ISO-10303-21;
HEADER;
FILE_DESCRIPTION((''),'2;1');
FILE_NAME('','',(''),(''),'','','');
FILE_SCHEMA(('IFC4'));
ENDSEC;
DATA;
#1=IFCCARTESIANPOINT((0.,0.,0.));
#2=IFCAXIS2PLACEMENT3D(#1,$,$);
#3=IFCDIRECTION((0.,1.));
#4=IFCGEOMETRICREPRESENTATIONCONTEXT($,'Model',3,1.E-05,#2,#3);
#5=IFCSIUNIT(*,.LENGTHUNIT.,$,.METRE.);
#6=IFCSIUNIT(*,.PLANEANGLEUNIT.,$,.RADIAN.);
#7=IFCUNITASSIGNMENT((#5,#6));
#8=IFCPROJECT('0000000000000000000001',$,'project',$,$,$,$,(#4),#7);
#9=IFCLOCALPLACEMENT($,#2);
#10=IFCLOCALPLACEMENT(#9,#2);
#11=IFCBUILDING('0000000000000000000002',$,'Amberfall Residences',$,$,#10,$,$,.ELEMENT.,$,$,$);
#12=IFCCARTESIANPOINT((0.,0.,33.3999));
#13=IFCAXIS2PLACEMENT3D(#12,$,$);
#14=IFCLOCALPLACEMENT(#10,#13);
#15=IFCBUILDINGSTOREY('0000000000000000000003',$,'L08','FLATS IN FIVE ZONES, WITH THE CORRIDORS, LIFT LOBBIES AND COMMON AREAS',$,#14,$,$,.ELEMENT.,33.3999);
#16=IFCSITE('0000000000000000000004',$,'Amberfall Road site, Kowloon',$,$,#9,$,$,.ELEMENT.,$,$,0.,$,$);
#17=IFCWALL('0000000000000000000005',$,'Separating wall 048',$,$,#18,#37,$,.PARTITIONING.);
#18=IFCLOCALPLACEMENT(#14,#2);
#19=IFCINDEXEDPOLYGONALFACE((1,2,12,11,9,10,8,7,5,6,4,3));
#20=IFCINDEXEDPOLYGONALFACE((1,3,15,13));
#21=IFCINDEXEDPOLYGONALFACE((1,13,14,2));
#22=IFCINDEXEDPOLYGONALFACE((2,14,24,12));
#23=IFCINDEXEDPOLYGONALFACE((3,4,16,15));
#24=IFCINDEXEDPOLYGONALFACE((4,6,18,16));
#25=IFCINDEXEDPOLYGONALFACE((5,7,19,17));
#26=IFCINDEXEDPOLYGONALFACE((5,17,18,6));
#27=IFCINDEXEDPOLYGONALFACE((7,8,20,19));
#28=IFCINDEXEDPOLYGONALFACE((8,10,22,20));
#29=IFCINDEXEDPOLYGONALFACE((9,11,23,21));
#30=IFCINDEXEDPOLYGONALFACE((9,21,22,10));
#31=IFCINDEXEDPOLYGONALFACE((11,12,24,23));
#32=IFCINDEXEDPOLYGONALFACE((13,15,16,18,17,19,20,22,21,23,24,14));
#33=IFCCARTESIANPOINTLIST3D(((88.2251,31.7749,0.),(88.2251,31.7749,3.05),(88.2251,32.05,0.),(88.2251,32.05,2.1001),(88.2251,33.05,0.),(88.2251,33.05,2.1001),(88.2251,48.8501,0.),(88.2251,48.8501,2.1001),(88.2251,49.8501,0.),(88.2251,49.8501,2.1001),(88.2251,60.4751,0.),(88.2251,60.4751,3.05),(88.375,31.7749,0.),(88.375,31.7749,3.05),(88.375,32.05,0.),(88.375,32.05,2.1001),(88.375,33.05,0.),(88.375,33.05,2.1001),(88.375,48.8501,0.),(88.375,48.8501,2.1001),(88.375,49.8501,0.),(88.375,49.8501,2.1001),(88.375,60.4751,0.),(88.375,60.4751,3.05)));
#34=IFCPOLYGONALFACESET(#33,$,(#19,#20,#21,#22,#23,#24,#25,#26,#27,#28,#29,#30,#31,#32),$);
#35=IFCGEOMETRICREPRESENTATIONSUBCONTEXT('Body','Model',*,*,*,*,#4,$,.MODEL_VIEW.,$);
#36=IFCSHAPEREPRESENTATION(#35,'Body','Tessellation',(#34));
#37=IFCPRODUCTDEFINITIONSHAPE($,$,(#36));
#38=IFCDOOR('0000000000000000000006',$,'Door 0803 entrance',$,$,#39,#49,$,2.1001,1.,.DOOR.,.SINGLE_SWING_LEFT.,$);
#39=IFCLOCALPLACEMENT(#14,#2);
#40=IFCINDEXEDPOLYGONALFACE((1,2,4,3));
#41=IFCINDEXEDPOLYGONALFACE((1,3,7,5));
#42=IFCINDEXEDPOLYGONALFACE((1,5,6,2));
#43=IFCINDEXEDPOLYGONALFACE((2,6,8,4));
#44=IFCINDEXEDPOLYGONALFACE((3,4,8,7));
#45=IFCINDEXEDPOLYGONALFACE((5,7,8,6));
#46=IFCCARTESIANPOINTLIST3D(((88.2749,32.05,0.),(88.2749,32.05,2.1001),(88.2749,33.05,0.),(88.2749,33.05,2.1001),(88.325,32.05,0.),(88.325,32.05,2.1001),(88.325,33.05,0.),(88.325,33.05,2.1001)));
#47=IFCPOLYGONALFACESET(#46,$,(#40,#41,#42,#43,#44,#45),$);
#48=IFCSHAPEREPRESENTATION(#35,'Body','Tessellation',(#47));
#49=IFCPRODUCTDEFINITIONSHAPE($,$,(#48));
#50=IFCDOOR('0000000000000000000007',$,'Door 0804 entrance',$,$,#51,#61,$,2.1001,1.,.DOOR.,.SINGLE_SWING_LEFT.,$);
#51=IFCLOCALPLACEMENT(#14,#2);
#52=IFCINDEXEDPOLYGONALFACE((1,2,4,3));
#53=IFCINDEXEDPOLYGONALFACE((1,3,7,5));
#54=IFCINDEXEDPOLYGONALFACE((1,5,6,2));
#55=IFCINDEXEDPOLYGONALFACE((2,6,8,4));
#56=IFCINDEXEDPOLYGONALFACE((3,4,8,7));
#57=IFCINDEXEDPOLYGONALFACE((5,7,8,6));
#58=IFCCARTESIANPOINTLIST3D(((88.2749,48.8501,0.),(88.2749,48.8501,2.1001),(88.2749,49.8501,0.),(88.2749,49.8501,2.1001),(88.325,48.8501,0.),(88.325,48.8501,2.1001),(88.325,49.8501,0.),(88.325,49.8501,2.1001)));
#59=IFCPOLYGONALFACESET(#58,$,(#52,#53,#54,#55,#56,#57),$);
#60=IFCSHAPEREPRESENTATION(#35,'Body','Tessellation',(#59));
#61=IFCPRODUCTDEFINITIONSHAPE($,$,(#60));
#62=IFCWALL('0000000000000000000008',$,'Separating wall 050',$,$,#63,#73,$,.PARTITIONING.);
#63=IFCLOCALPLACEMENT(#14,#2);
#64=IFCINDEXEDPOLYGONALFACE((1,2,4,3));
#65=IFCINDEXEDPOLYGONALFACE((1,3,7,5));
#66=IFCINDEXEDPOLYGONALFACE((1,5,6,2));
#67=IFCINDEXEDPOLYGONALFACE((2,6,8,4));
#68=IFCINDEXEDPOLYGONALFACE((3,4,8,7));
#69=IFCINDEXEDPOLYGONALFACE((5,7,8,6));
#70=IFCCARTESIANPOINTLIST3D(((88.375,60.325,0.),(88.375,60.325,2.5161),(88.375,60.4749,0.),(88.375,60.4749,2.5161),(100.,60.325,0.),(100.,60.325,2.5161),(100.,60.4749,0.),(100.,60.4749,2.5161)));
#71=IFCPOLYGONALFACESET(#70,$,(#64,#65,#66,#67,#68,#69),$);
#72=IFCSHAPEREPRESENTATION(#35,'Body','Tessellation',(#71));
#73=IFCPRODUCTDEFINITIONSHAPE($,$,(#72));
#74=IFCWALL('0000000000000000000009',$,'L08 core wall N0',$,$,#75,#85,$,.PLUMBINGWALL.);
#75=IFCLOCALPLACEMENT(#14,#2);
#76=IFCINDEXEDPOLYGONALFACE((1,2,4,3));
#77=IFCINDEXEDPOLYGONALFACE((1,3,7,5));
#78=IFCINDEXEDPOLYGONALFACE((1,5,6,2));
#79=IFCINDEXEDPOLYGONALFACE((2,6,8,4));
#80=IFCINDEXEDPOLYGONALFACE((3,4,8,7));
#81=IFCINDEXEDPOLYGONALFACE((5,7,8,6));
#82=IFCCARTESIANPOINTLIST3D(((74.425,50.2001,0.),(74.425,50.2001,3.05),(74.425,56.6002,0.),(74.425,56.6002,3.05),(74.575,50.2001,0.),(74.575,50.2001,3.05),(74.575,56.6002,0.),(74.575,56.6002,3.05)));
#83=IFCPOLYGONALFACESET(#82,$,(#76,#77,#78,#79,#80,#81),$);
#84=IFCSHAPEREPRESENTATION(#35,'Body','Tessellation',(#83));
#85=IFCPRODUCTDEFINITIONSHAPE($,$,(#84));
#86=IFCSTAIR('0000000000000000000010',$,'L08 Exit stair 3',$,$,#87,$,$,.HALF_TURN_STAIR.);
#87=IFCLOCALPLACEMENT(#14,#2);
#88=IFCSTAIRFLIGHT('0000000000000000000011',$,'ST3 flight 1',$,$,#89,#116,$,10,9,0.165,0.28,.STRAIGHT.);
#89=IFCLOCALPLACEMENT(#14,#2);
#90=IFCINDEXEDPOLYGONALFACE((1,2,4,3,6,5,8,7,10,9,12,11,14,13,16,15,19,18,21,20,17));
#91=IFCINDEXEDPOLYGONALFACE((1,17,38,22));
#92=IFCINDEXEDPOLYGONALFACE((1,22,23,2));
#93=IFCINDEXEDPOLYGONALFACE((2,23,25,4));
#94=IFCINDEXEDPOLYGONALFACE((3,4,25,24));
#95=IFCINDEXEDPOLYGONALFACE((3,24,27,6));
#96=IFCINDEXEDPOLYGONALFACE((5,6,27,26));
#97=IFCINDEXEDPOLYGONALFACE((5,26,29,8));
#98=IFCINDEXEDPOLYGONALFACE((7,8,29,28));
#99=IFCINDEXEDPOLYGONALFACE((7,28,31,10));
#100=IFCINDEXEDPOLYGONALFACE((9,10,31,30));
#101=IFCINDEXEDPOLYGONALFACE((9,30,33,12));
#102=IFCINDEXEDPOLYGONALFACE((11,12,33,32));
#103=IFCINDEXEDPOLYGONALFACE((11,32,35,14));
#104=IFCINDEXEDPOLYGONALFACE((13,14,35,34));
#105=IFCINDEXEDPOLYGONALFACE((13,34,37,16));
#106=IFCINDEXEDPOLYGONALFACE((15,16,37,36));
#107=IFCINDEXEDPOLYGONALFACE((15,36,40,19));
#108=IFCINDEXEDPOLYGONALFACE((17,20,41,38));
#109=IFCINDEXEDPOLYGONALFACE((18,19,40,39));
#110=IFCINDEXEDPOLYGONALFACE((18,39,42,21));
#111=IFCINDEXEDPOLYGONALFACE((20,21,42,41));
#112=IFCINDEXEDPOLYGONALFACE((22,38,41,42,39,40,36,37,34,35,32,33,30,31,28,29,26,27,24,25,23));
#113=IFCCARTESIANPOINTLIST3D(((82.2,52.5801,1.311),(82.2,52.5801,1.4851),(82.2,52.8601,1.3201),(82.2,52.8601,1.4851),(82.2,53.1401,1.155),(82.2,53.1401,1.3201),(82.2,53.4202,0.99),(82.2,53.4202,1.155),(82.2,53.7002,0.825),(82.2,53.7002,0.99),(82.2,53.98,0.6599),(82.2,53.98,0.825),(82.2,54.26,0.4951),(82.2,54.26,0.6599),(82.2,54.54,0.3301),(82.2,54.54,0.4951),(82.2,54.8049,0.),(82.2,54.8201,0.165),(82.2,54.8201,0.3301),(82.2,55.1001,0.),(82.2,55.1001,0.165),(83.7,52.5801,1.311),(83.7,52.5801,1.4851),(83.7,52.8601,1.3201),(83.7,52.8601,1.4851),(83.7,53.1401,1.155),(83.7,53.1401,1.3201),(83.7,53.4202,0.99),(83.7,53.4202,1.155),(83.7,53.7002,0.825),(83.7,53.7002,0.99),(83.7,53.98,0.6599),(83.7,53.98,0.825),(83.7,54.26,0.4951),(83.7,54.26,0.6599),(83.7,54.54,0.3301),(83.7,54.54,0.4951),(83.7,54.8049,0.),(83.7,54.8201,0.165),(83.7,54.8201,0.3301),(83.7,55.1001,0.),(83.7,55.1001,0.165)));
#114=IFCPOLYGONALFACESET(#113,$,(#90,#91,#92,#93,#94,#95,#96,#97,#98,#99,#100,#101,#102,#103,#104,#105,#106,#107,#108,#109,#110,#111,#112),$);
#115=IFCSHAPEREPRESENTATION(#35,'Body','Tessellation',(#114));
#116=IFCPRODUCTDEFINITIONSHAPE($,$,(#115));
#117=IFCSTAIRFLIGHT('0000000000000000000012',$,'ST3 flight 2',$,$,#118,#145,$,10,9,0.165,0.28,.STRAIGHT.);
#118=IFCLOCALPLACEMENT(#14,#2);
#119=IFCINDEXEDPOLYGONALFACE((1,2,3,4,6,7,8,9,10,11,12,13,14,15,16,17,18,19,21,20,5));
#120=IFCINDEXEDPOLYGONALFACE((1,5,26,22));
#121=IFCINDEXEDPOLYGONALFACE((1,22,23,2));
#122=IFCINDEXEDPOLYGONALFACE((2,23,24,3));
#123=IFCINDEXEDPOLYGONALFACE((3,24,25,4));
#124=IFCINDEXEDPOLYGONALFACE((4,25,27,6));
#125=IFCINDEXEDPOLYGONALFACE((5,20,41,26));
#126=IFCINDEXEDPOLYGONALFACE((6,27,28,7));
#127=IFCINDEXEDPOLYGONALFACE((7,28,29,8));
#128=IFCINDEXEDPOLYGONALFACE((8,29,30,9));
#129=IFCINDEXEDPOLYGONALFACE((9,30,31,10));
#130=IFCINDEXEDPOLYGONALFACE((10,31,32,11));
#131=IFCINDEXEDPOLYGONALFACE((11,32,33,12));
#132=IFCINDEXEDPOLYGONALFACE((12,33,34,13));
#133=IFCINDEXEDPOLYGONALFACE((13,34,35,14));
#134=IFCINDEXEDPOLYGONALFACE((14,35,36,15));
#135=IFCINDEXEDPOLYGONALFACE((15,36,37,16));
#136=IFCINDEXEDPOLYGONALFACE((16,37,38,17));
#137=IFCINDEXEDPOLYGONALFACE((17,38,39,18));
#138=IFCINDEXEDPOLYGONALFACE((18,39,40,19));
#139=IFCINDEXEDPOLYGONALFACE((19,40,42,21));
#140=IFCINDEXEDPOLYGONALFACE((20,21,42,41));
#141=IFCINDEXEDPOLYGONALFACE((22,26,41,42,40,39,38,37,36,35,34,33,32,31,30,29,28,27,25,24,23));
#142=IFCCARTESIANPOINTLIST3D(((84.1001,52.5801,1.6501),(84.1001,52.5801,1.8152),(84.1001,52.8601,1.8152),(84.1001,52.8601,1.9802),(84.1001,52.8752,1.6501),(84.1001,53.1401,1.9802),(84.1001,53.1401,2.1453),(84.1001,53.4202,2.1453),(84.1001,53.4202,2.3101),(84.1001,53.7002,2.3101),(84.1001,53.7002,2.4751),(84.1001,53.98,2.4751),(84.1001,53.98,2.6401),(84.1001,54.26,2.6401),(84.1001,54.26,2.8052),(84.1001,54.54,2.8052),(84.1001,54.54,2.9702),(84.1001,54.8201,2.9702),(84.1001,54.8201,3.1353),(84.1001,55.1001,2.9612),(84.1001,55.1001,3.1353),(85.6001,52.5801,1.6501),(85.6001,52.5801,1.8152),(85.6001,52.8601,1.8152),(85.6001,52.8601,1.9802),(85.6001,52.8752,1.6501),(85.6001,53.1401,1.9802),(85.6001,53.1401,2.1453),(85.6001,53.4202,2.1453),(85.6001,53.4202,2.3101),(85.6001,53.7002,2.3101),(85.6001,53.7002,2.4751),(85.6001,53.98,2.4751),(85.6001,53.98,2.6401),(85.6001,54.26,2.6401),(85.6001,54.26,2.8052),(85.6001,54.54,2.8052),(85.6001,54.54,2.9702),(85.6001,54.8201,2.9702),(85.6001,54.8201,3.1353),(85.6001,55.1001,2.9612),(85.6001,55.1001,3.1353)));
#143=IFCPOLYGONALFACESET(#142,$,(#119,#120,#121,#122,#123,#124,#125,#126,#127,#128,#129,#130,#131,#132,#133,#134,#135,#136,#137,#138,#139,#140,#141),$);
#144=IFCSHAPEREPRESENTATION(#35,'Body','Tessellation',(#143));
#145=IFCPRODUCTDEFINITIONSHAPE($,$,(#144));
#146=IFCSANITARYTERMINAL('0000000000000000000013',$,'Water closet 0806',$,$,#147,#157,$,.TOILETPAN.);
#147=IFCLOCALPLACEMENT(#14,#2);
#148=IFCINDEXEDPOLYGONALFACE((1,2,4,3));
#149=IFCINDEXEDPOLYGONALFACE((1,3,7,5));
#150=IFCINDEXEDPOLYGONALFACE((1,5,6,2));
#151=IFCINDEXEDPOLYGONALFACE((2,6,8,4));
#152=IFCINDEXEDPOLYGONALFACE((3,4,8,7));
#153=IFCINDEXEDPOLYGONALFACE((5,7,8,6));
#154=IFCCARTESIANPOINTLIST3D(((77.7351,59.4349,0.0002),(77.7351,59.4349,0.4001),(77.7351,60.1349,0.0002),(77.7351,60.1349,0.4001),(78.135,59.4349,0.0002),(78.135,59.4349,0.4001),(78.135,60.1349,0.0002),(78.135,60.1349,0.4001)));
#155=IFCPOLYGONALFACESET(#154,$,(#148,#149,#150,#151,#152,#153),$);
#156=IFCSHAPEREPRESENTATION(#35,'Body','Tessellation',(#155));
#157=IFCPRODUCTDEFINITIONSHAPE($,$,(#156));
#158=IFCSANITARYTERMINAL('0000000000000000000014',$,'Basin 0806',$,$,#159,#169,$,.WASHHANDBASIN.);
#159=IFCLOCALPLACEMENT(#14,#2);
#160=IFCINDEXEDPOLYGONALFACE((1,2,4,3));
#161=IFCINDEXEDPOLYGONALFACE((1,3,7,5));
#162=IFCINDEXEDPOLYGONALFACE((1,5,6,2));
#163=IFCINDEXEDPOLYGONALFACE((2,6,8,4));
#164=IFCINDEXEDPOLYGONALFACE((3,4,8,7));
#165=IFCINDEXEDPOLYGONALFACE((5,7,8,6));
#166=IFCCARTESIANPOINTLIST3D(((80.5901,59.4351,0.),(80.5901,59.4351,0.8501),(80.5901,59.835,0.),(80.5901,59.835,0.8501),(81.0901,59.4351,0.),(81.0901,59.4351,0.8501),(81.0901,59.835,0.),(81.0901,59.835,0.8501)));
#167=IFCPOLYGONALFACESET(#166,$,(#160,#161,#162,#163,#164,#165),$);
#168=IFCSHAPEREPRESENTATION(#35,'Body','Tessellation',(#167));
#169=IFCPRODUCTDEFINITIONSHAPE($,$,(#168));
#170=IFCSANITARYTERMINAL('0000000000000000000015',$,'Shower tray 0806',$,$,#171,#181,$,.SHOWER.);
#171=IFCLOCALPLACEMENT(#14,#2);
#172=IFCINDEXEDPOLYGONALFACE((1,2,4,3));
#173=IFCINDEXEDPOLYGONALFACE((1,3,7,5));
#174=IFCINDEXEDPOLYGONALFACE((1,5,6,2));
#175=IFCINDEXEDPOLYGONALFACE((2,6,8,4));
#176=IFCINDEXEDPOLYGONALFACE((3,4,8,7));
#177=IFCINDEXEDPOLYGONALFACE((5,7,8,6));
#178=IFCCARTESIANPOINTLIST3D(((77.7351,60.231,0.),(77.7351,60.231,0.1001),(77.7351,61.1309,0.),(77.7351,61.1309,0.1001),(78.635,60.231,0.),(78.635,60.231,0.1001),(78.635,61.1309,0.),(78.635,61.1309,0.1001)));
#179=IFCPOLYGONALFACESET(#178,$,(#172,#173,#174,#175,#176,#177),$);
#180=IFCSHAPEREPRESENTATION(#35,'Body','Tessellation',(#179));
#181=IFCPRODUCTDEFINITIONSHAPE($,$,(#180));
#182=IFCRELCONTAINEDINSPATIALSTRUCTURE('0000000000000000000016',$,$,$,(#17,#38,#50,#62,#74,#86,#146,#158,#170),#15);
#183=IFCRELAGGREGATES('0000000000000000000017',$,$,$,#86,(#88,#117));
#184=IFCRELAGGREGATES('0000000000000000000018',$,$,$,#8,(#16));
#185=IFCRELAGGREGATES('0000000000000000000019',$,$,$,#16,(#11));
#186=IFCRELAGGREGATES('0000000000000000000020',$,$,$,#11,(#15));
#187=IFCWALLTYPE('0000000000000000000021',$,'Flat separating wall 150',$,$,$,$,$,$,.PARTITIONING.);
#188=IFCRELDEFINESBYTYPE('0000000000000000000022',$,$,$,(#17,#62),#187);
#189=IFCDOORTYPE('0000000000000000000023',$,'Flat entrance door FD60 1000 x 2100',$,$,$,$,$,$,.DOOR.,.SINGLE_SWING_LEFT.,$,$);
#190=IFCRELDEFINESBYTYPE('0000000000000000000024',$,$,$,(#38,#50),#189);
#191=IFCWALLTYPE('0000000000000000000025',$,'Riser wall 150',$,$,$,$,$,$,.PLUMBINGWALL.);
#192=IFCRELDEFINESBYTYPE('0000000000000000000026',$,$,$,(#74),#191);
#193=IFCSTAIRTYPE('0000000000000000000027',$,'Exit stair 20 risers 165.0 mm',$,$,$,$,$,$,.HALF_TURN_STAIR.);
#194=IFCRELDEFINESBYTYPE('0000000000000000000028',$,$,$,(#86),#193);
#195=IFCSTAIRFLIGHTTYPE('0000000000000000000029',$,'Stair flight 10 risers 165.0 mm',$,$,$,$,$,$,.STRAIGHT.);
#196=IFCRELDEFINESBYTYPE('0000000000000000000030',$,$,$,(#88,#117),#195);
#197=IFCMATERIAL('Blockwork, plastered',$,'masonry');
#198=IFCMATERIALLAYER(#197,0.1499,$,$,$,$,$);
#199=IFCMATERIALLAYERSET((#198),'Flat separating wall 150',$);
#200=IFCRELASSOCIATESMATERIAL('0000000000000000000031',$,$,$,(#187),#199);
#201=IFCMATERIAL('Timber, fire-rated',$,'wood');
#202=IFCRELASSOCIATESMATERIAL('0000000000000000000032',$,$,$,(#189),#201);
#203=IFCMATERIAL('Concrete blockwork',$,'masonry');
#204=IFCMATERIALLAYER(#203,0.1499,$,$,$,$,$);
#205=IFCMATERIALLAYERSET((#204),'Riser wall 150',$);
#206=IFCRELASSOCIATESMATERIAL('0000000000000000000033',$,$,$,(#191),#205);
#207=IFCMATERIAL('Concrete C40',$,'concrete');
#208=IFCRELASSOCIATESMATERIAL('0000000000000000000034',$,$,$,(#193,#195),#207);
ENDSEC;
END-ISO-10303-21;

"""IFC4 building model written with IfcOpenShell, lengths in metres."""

from ifc_helpers import new_model, si_unit, direction, frame, frame_2d, origin, origin_2d, place, context, subcontext, project, spatial, polyline, rectangle, outline, extrude, material, layer, layer_set, type_object, element, fill, aggregate, save


model = new_model("IFC4")

# Units and contexts
model_context = context("Model", 3, precision=1e-05, world=origin(), true_north=direction((0.0, 1.0)))
body_context = subcontext(model_context, "Body", "Model", "MODEL_VIEW")
ifc_project = project(units=[si_unit("LENGTHUNIT", "METRE"), si_unit("PLANEANGLEUNIT", "RADIAN")], contexts=[model_context])

# Site, building, storey
site_placement = place(None, origin())
site = spatial("IfcSite", under=ifc_project, at=site_placement, Name="Amberfall Road site, Kowloon", CompositionType="ELEMENT", RefElevation=0.0)
building_placement = place(site_placement, origin())
building = spatial("IfcBuilding", under=site, at=building_placement, Name="Amberfall Residences", CompositionType="ELEMENT")
storey_placement = place(building_placement, frame((0.0, 0.0, 33.3999)))
storey = spatial("IfcBuildingStorey", under=building, at=storey_placement, Name="L08", Description="FLATS IN FIVE ZONES, WITH THE CORRIDORS, LIFT LOBBIES AND COMMON AREAS", CompositionType="ELEMENT", Elevation=33.3999)

# Shared definitions
ifc_material_1 = material(Name="Blockwork, plastered", Category="masonry")
ifc_layer_1 = layer(ifc_material_1, 0.1499)
ifc_layer_set_1 = layer_set([ifc_layer_1], Name="Flat separating wall 150")
wall_type_1 = type_object("IfcWallType", Name="Flat separating wall 150", PredefinedType="PARTITIONING", material=ifc_layer_set_1)

# Wall, openings, doors
wall_1_placement = place(storey_placement, frame((88.3, 60.4751, 0.0), z_axis=(0.0, 0.0, 1.0), x_axis=(0.0, -1.0, 0.0)))
wall_1 = element("IfcWall", 1, at=wall_1_placement, inside=storey, type_object=wall_type_1, Name="Separating wall 048", PredefinedType="PARTITIONING", context=body_context, shape_type="SweptSolid", body=[
    extrude(rectangle(XDim=28.7002, YDim=0.1499, at=frame_2d((14.3501, 0.0))), origin(), (0.0, 0.0, 1.0), 3.05),
])
opening_1_placement = place(wall_1_placement, frame((27.425, 0.0, 0.0)))
opening_1 = element("IfcOpeningElement", 2, at=opening_1_placement, cuts=wall_1, PredefinedType="OPENING", context=body_context, shape_type="SweptSolid", body=[
    extrude(rectangle(XDim=1.0, YDim=2.1001, at=frame_2d((0.5, 1.05))), frame((0.0, 0.085, 0.0), z_axis=(0.0, -1.0, 0.0), x_axis=(1.0, 0.0, 0.0)), (0.0, 0.0, 1.0), 0.1699),
])
opening_2_placement = place(wall_1_placement, frame((10.625, 0.0, 0.0)))
opening_2 = element("IfcOpeningElement", 3, at=opening_2_placement, cuts=wall_1, PredefinedType="OPENING", context=body_context, shape_type="SweptSolid", body=[
    extrude(rectangle(XDim=1.0, YDim=2.1001, at=frame_2d((0.5, 1.05))), frame((0.0, 0.085, 0.0), z_axis=(0.0, -1.0, 0.0), x_axis=(1.0, 0.0, 0.0)), (0.0, 0.0, 1.0), 0.1699),
])
ifc_material_2 = material(Name="Timber, fire-rated", Category="wood")
door_type_1 = type_object("IfcDoorType", Name="Flat entrance door FD60 1000 x 2100", OperationType="SINGLE_SWING_LEFT", PredefinedType="DOOR", material=ifc_material_2)
door_1_placement = place(opening_1_placement, origin())
door_1 = element("IfcDoor", 4, at=door_1_placement, inside=storey, type_object=door_type_1, Name="Door 0803 entrance", OperationType="SINGLE_SWING_LEFT", OverallHeight=2.1001, OverallWidth=1.0, PredefinedType="DOOR", context=body_context, shape_type="SweptSolid", body=[
    extrude(rectangle(XDim=1.0, YDim=2.1001, at=frame_2d((0.5, 1.05))), frame((0.0, 0.0249, 0.0), z_axis=(0.0, -1.0, 0.0), x_axis=(1.0, 0.0, 0.0)), (0.0, 0.0, 1.0), 0.05),
])
fill(opening_1, door_1)
door_2_placement = place(opening_2_placement, origin())
door_2 = element("IfcDoor", 5, at=door_2_placement, inside=storey, type_object=door_type_1, Name="Door 0804 entrance", OperationType="SINGLE_SWING_LEFT", OverallHeight=2.1001, OverallWidth=1.0, PredefinedType="DOOR", context=body_context, shape_type="SweptSolid", body=[
    extrude(rectangle(XDim=1.0, YDim=2.1001, at=frame_2d((0.5, 1.05))), frame((0.0, 0.0249, 0.0), z_axis=(0.0, -1.0, 0.0), x_axis=(1.0, 0.0, 0.0)), (0.0, 0.0, 1.0), 0.05),
])
fill(opening_2, door_2)

# Walls
wall_2_placement = place(storey_placement, frame((88.375, 60.3999, 0.0), z_axis=(0.0, 0.0, 1.0), x_axis=(1.0, 0.0, 0.0)))
element("IfcWall", 6, at=wall_2_placement, inside=storey, type_object=wall_type_1, Name="Separating wall 050", PredefinedType="PARTITIONING", context=body_context, shape_type="SweptSolid", body=[
    extrude(rectangle(XDim=11.625, YDim=0.1499, at=frame_2d((5.8125, 0.0))), origin(), (0.0, 0.0, 1.0), 2.5161),
])
ifc_material_3 = material(Name="Concrete blockwork", Category="masonry")
ifc_layer_2 = layer(ifc_material_3, 0.1499)
ifc_layer_set_2 = layer_set([ifc_layer_2], Name="Riser wall 150")
wall_type_2 = type_object("IfcWallType", Name="Riser wall 150", PredefinedType="PLUMBINGWALL", material=ifc_layer_set_2)
wall_3_placement = place(storey_placement, frame((74.5, 50.2, 0.0), z_axis=(0.0, 0.0, 1.0), x_axis=(0.0, 1.0, 0.0)))
element("IfcWall", 7, at=wall_3_placement, inside=storey, type_object=wall_type_2, Name="L08 core wall N0", PredefinedType="PLUMBINGWALL", context=body_context, shape_type="SweptSolid", body=[
    extrude(rectangle(XDim=6.4001, YDim=0.1499, at=frame_2d((3.2002, 0.0))), origin(), (0.0, 0.0, 1.0), 3.05),
])

# Stair, stair flights
ifc_material_4 = material(Name="Concrete C40", Category="concrete")
stair_type = type_object("IfcStairType", Name="Exit stair 20 risers 165.0 mm", PredefinedType="HALF_TURN_STAIR", material=ifc_material_4)
stair_placement = place(storey_placement, origin())
stair = element("IfcStair", 8, at=stair_placement, inside=storey, type_object=stair_type, Name="L08 Exit stair 3", PredefinedType="HALF_TURN_STAIR")
stair_flight_type = type_object("IfcStairFlightType", Name="Stair flight 10 risers 165.0 mm", PredefinedType="STRAIGHT", material=ifc_material_4)
stair_flight_1_placement = place(storey_placement, frame((82.95, 55.1001, 0.0), z_axis=(0.0, 0.0, 1.0), x_axis=(0.0, -1.0, 0.0)))
stair_flight_1 = element("IfcStairFlight", 9, at=stair_flight_1_placement, type_object=stair_flight_type, Name="ST3 flight 1", NumberOfRisers=10, NumberOfTreads=9, PredefinedType="STRAIGHT", RiserHeight=0.165, TreadLength=0.28, context=body_context, shape_type="SweptSolid", body=[
    extrude(outline(polyline([(0.0, 0.0), (0.0, 0.165), (0.28, 0.165), (0.28, 0.3301), (0.5601, 0.3301), (0.5601, 0.4951), (0.8401, 0.4951), (0.8401, 0.6599), (1.1201, 0.6599), (1.1201, 0.825), (1.3999, 0.825), (1.3999, 0.99), (1.6799, 0.99), (1.6799, 1.155), (1.96, 1.155), (1.96, 1.3201), (2.24, 1.3201), (2.24, 1.4851), (2.52, 1.4851), (2.52, 1.6499), (2.52, 1.311), (0.2952, 0.0), (0.0, 0.0)])), frame((0.0, 0.75, 0.0), z_axis=(0.0, -1.0, 0.0), x_axis=(1.0, 0.0, 0.0)), (0.0, 0.0, 1.0), 1.5),
])
stair_flight_2_placement = place(storey_placement, frame((84.8501, 52.5801, 1.6501), z_axis=(0.0, 0.0, 1.0), x_axis=(0.0, 1.0, 0.0)))
stair_flight_2 = element("IfcStairFlight", 10, at=stair_flight_2_placement, type_object=stair_flight_type, Name="ST3 flight 2", NumberOfRisers=10, NumberOfTreads=9, PredefinedType="STRAIGHT", RiserHeight=0.165, TreadLength=0.28, context=body_context, shape_type="SweptSolid", body=[
    extrude(outline(polyline([(0.0, 0.0), (0.0, 0.165), (0.28, 0.165), (0.28, 0.3301), (0.5601, 0.3301), (0.5601, 0.4951), (0.8401, 0.4951), (0.8401, 0.6599), (1.1201, 0.6599), (1.1201, 0.825), (1.3999, 0.825), (1.3999, 0.99), (1.6799, 0.99), (1.6799, 1.155), (1.96, 1.155), (1.96, 1.3201), (2.24, 1.3201), (2.24, 1.4851), (2.52, 1.4851), (2.52, 1.6499), (2.52, 1.311), (0.2952, 0.0), (0.0, 0.0)])), frame((0.0, 0.75, 0.0), z_axis=(0.0, -1.0, 0.0), x_axis=(1.0, 0.0, 0.0)), (0.0, 0.0, 1.0), 1.5),
])
aggregate(stair, [stair_flight_1, stair_flight_2])

# Sanitary terminals
sanitary_terminal_1_placement = place(storey_placement, frame((77.9351, 59.7849, 0.0002), z_axis=(0.0, 0.0, 1.0), x_axis=(1.0, 0.0, 0.0)))
element("IfcSanitaryTerminal", 11, at=sanitary_terminal_1_placement, inside=storey, Name="Water closet 0806", PredefinedType="TOILETPAN", context=body_context, shape_type="SweptSolid", body=[
    extrude(rectangle(XDim=0.3999, YDim=0.7, at=origin_2d()), origin(), (0.0, 0.0, 1.0), 0.3999),
])
sanitary_terminal_2_placement = place(storey_placement, frame((80.8401, 59.635, 0.0), z_axis=(0.0, 0.0, 1.0), x_axis=(1.0, 0.0, 0.0)))
element("IfcSanitaryTerminal", 12, at=sanitary_terminal_2_placement, inside=storey, Name="Basin 0806", PredefinedType="WASHHANDBASIN", context=body_context, shape_type="SweptSolid", body=[
    extrude(rectangle(XDim=0.5, YDim=0.3999, at=origin_2d()), origin(), (0.0, 0.0, 1.0), 0.8501),
])
sanitary_terminal_3_placement = place(storey_placement, frame((78.1851, 60.6809, 0.0), z_axis=(0.0, 0.0, 1.0), x_axis=(1.0, 0.0, 0.0)))
element("IfcSanitaryTerminal", 13, at=sanitary_terminal_3_placement, inside=storey, Name="Shower tray 0806", PredefinedType="SHOWER", context=body_context, shape_type="SweptSolid", body=[
    extrude(rectangle(XDim=0.8999, YDim=0.8999, at=origin_2d()), origin(), (0.0, 0.0, 1.0), 0.1001),
])

save(model, "model.ifc")
